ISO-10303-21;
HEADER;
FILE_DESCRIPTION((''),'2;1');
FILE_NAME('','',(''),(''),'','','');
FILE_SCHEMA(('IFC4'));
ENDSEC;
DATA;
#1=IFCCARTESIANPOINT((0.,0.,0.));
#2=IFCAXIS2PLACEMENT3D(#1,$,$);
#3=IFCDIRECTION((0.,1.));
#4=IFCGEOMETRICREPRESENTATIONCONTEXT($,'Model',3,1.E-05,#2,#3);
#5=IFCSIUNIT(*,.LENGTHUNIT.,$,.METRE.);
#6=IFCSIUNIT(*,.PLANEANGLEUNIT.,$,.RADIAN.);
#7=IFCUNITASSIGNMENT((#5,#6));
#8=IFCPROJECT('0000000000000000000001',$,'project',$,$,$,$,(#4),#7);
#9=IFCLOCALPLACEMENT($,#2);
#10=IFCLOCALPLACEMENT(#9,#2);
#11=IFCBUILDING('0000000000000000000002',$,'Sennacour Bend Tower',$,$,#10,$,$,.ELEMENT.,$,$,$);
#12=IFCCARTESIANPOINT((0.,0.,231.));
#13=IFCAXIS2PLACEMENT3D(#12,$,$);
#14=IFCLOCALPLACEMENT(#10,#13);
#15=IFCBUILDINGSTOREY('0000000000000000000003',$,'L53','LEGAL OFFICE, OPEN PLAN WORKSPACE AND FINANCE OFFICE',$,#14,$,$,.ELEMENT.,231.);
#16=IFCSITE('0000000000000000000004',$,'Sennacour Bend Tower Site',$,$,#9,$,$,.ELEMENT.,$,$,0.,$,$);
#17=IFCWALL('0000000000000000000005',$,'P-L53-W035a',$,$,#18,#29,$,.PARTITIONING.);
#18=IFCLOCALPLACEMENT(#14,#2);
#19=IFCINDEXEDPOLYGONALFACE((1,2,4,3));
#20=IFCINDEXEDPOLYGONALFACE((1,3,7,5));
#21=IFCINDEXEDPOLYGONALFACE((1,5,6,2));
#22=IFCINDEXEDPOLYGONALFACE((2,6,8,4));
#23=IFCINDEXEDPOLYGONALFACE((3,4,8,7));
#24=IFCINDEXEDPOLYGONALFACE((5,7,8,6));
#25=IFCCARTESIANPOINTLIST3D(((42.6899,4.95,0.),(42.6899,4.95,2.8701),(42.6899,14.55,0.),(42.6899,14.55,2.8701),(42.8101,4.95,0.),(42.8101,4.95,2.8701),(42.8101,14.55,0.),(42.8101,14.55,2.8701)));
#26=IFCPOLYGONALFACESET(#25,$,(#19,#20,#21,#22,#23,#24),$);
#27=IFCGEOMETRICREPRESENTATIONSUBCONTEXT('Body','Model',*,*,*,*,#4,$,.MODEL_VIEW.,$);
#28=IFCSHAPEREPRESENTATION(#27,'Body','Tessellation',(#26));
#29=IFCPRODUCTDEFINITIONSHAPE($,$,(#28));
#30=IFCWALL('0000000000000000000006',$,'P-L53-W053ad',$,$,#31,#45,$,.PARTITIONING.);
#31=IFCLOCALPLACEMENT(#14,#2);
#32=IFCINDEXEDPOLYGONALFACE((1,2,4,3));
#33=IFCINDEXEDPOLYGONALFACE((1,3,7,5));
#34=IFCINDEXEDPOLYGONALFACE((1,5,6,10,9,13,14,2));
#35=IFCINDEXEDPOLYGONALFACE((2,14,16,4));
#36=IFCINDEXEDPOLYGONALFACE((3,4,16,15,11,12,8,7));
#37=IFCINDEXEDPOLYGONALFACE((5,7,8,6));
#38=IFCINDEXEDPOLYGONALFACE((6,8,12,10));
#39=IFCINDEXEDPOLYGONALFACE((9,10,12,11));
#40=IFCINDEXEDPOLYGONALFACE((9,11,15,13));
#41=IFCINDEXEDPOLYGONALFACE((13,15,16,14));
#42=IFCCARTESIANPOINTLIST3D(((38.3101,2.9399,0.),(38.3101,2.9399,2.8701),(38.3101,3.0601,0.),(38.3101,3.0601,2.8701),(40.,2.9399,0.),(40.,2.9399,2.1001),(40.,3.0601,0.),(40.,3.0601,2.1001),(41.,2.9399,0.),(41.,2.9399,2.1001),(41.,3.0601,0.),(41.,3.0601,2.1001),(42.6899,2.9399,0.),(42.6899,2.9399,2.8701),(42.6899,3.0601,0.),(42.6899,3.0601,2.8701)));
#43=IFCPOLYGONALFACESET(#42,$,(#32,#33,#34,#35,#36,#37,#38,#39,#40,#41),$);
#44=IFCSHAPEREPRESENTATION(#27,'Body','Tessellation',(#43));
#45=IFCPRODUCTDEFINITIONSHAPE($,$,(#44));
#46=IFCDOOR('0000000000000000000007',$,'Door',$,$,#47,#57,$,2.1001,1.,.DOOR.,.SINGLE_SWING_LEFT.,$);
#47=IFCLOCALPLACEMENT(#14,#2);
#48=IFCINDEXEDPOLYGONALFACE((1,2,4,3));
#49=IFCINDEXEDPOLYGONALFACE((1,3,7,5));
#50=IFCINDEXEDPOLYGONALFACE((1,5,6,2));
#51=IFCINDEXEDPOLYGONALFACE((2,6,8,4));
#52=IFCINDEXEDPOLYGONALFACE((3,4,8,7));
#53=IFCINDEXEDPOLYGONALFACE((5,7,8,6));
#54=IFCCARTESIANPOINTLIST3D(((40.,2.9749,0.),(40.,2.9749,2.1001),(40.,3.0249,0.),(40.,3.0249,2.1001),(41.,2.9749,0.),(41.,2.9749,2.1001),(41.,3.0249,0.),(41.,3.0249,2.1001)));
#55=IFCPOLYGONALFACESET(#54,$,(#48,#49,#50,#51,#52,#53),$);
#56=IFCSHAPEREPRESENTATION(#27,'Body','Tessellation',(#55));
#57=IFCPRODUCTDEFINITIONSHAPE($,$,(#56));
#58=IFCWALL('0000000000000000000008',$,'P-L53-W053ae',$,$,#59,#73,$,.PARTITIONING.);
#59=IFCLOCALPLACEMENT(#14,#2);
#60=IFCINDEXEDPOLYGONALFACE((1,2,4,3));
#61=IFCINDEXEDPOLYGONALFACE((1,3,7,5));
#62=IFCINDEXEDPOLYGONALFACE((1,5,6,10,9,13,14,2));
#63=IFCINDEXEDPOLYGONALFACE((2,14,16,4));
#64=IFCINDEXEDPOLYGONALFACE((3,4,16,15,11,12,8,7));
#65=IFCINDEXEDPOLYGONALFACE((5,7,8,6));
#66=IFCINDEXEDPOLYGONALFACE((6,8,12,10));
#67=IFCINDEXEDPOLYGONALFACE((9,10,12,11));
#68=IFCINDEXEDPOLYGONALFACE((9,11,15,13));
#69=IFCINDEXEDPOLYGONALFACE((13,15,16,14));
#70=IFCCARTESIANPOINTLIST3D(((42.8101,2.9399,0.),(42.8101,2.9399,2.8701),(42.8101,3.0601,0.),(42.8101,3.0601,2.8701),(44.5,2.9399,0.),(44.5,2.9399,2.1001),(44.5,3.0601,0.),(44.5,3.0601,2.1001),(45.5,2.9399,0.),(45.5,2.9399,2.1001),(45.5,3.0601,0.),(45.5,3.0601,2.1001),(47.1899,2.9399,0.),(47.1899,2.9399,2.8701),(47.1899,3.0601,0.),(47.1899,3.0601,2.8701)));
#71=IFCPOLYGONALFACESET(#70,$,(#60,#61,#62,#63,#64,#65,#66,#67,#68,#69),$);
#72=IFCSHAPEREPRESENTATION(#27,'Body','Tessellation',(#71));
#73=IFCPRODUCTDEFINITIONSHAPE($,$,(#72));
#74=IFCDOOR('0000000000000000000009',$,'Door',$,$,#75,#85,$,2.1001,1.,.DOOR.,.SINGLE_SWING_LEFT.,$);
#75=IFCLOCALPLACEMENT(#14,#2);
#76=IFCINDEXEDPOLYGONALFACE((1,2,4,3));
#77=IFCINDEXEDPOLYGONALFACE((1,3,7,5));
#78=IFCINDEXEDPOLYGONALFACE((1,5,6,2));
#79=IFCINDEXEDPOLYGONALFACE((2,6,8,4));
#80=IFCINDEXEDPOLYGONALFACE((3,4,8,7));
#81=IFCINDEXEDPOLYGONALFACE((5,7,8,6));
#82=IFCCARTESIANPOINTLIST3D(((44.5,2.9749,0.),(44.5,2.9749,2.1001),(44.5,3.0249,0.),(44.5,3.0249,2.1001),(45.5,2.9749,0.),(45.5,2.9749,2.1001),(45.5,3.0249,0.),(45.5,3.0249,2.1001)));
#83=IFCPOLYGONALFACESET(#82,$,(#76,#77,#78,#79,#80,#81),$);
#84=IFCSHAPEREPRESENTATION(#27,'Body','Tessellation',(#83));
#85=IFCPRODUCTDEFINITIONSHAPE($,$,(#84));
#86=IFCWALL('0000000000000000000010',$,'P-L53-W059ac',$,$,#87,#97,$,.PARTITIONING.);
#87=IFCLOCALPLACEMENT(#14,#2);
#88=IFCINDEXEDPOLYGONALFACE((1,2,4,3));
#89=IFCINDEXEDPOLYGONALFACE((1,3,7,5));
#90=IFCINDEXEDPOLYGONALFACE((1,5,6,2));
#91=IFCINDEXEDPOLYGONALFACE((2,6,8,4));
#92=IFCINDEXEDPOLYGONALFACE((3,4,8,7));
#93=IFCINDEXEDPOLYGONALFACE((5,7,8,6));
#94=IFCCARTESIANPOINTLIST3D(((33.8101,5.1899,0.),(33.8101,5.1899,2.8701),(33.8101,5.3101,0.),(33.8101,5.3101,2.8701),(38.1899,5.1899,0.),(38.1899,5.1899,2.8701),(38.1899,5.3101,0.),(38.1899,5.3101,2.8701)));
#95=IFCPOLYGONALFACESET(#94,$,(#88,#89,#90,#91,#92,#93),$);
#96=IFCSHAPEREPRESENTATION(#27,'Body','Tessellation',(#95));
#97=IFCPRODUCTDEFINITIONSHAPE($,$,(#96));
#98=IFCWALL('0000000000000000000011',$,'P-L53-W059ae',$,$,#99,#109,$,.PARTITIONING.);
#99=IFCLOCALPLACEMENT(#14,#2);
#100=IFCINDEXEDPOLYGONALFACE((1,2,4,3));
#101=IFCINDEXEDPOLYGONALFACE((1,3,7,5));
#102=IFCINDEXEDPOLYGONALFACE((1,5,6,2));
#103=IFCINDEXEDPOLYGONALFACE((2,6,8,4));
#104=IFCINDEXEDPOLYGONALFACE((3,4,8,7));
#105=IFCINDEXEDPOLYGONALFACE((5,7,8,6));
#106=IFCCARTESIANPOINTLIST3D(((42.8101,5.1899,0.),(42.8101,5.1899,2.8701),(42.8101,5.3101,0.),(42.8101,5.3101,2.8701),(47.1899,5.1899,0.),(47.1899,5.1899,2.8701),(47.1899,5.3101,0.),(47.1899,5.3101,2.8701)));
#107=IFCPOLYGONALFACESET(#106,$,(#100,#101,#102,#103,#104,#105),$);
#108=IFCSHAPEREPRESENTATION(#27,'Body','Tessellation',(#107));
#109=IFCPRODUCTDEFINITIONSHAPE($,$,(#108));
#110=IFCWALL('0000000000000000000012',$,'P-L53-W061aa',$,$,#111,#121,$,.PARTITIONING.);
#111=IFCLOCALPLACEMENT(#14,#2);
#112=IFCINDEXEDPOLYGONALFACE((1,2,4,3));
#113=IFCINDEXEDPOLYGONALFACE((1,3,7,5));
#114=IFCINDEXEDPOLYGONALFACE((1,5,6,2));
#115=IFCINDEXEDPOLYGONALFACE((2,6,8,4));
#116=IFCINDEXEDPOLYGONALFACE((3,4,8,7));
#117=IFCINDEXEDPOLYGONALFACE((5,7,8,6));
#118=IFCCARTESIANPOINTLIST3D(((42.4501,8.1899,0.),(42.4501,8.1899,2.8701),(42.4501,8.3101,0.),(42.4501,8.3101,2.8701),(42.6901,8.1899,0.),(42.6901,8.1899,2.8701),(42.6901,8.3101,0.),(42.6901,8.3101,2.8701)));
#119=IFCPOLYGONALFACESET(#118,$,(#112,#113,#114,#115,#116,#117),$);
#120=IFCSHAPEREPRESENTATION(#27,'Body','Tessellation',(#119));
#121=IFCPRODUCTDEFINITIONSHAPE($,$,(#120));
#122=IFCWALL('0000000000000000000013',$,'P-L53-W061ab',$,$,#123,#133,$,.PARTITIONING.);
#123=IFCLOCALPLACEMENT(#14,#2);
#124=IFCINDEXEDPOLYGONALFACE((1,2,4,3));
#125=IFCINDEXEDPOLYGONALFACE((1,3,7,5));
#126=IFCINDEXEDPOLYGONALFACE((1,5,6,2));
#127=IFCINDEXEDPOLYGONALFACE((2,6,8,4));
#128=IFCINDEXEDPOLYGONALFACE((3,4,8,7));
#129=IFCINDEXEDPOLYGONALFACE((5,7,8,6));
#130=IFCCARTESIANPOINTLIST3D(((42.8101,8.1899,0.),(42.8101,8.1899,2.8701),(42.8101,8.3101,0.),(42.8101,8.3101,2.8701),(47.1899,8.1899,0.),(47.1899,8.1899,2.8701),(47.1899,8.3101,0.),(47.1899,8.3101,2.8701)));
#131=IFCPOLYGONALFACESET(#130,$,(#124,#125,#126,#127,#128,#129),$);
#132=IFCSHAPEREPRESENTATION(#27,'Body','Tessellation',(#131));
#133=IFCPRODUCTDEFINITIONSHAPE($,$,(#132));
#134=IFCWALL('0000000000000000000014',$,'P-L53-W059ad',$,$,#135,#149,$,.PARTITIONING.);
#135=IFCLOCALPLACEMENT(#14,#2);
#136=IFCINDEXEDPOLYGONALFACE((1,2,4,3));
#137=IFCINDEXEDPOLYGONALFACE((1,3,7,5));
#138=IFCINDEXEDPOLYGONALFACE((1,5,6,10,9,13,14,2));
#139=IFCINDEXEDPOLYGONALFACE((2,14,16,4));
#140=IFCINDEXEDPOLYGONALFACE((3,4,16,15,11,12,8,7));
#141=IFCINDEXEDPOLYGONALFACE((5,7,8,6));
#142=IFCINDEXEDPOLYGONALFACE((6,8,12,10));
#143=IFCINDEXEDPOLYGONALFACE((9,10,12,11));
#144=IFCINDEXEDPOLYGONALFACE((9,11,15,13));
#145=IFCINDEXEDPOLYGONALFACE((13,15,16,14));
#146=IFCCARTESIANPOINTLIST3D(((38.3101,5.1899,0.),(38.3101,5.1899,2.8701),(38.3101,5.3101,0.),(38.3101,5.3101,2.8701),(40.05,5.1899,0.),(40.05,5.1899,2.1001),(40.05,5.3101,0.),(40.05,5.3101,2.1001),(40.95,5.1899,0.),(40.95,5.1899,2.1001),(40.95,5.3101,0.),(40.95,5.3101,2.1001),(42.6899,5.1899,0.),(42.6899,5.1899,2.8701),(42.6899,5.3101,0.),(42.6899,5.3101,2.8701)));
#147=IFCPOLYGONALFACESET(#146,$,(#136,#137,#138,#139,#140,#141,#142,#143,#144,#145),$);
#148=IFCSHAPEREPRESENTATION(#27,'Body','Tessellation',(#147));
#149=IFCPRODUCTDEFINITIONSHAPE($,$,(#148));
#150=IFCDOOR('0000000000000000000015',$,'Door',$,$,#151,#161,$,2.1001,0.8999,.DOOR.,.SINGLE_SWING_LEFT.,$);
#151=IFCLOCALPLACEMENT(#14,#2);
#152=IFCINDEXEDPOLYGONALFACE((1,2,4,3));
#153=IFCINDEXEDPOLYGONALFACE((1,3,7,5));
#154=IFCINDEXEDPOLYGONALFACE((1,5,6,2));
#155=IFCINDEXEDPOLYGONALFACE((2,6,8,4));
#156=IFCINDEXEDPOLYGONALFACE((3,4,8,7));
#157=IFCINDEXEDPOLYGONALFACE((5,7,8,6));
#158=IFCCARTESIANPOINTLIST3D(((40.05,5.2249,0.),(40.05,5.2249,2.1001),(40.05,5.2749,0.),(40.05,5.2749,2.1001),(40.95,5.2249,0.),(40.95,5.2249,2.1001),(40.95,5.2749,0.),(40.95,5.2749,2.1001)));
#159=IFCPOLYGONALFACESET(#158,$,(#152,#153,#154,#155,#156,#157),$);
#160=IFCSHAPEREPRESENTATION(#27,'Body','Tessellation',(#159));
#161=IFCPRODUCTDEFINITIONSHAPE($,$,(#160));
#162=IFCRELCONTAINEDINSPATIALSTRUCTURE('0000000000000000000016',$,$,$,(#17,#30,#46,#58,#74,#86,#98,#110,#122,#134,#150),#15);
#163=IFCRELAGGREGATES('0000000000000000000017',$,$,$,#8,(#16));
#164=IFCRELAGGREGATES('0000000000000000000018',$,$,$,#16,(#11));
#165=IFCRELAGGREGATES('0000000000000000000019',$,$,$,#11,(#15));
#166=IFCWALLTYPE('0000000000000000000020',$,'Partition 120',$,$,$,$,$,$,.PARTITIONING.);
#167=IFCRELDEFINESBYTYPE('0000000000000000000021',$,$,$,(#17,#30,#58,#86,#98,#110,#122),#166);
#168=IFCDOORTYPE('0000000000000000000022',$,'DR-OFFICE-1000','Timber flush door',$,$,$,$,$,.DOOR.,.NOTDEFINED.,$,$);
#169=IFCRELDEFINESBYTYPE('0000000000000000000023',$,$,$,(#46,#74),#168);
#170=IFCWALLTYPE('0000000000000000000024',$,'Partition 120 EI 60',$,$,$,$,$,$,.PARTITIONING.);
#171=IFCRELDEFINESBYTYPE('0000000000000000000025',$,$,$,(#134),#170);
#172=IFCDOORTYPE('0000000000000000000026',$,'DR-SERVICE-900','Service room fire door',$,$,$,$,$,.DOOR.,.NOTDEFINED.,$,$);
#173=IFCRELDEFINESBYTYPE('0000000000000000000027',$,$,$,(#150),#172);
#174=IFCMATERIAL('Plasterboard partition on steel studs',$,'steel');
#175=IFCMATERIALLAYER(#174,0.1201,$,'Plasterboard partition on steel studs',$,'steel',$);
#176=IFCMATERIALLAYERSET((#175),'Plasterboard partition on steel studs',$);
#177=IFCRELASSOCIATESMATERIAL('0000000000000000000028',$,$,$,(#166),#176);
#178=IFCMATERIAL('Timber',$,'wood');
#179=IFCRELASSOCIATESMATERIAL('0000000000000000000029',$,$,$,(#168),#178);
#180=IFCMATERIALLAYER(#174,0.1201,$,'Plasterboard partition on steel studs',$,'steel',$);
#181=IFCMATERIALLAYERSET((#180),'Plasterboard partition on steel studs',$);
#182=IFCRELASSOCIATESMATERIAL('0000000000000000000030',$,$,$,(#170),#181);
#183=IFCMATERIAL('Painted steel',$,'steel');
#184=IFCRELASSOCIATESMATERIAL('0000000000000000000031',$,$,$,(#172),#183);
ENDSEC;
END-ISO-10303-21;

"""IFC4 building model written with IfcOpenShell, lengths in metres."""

from ifc_helpers import new_model, si_unit, direction, frame, frame_2d, origin, place, context, subcontext, project, spatial, rectangle, extrude, material, layer, layer_set, type_object, element, fill, save


model = new_model("IFC4")

# Units and contexts
model_context = context("Model", 3, precision=1e-05, world=origin(), true_north=direction((0.0, 1.0)))
body_context = subcontext(model_context, "Body", "Model", "MODEL_VIEW")
ifc_project = project(units=[si_unit("LENGTHUNIT", "METRE"), si_unit("PLANEANGLEUNIT", "RADIAN")], contexts=[model_context])

# Site, building, storey
site_placement = place(None, origin())
site = spatial("IfcSite", under=ifc_project, at=site_placement, Name="Sennacour Bend Tower Site", CompositionType="ELEMENT", RefElevation=0.0)
building_placement = place(site_placement, origin())
building = spatial("IfcBuilding", under=site, at=building_placement, Name="Sennacour Bend Tower", CompositionType="ELEMENT")
storey_placement = place(building_placement, frame((0.0, 0.0, 231.0)))
storey = spatial("IfcBuildingStorey", under=building, at=storey_placement, Name="L53", Description="LEGAL OFFICE, OPEN PLAN WORKSPACE AND FINANCE OFFICE", CompositionType="ELEMENT", Elevation=231.0)

# Wall
ifc_material_1 = material(Name="Plasterboard partition on steel studs", Category="steel")
ifc_layer_1 = layer(ifc_material_1, 0.1201, Name="Plasterboard partition on steel studs", Category="steel")
ifc_layer_set_1 = layer_set([ifc_layer_1], Name="Plasterboard partition on steel studs")
wall_type_1 = type_object("IfcWallType", Name="Partition 120", PredefinedType="PARTITIONING", material=ifc_layer_set_1)
wall_1_placement = place(storey_placement, frame((42.75, 4.95, 0.0), z_axis=(0.0, 0.0, 1.0), x_axis=(0.0, 1.0, 0.0)))
element("IfcWall", 1, at=wall_1_placement, inside=storey, type_object=wall_type_1, Name="P-L53-W035a", PredefinedType="PARTITIONING", context=body_context, shape_type="SweptSolid", body=[
    extrude(rectangle(XDim=9.6001, YDim=0.1201, at=frame_2d((4.8, 0.0))), origin(), (0.0, 0.0, 1.0), 2.8701),
])

# Walls, openings, doors
wall_2_placement = place(storey_placement, frame((38.3101, 3.0, 0.0), z_axis=(0.0, 0.0, 1.0), x_axis=(1.0, 0.0, 0.0)))
wall_2 = element("IfcWall", 2, at=wall_2_placement, inside=storey, type_object=wall_type_1, Name="P-L53-W053ad", PredefinedType="PARTITIONING", context=body_context, shape_type="SweptSolid", body=[
    extrude(rectangle(XDim=4.3799, YDim=0.1201, at=frame_2d((2.1899, 0.0))), origin(), (0.0, 0.0, 1.0), 2.8701),
])
opening_1_placement = place(wall_2_placement, frame((1.6899, 0.0, 0.0)))
opening_1 = element("IfcOpeningElement", 3, at=opening_1_placement, cuts=wall_2, PredefinedType="OPENING", context=body_context, shape_type="SweptSolid", body=[
    extrude(rectangle(XDim=1.0, YDim=2.1001, at=frame_2d((0.5, 1.05))), frame((0.0, 0.0701, 0.0), z_axis=(0.0, -1.0, 0.0), x_axis=(1.0, 0.0, 0.0)), (0.0, 0.0, 1.0), 0.1401),
])
ifc_material_2 = material(Name="Timber", Category="wood")
door_type_1 = type_object("IfcDoorType", Name="DR-OFFICE-1000", Description="Timber flush door", OperationType="NOTDEFINED", PredefinedType="DOOR", material=ifc_material_2)
door_1_placement = place(opening_1_placement, origin())
door_1 = element("IfcDoor", 4, at=door_1_placement, inside=storey, type_object=door_type_1, Name="Door", OperationType="SINGLE_SWING_LEFT", OverallHeight=2.1001, OverallWidth=1.0, PredefinedType="DOOR", context=body_context, shape_type="SweptSolid", body=[
    extrude(rectangle(XDim=1.0, YDim=2.1001, at=frame_2d((0.5, 1.05))), frame((0.0, 0.0249, 0.0), z_axis=(0.0, -1.0, 0.0), x_axis=(1.0, 0.0, 0.0)), (0.0, 0.0, 1.0), 0.05),
])
fill(opening_1, door_1)
wall_3_placement = place(storey_placement, frame((42.8101, 3.0, 0.0), z_axis=(0.0, 0.0, 1.0), x_axis=(1.0, 0.0, 0.0)))
wall_3 = element("IfcWall", 5, at=wall_3_placement, inside=storey, type_object=wall_type_1, Name="P-L53-W053ae", PredefinedType="PARTITIONING", context=body_context, shape_type="SweptSolid", body=[
    extrude(rectangle(XDim=4.3799, YDim=0.1201, at=frame_2d((2.1899, 0.0))), origin(), (0.0, 0.0, 1.0), 2.8701),
])
opening_2_placement = place(wall_3_placement, frame((1.6899, 0.0, 0.0)))
opening_2 = element("IfcOpeningElement", 6, at=opening_2_placement, cuts=wall_3, PredefinedType="OPENING", context=body_context, shape_type="SweptSolid", body=[
    extrude(rectangle(XDim=1.0, YDim=2.1001, at=frame_2d((0.5, 1.05))), frame((0.0, 0.0701, 0.0), z_axis=(0.0, -1.0, 0.0), x_axis=(1.0, 0.0, 0.0)), (0.0, 0.0, 1.0), 0.1401),
])
door_2_placement = place(opening_2_placement, origin())
door_2 = element("IfcDoor", 7, at=door_2_placement, inside=storey, type_object=door_type_1, Name="Door", OperationType="SINGLE_SWING_LEFT", OverallHeight=2.1001, OverallWidth=1.0, PredefinedType="DOOR", context=body_context, shape_type="SweptSolid", body=[
    extrude(rectangle(XDim=1.0, YDim=2.1001, at=frame_2d((0.5, 1.05))), frame((0.0, 0.0249, 0.0), z_axis=(0.0, -1.0, 0.0), x_axis=(1.0, 0.0, 0.0)), (0.0, 0.0, 1.0), 0.05),
])
fill(opening_2, door_2)

# Walls
for number, where, z_axis, x_axis, name in (
    (8, (33.8101, 5.25, 0.0), (0.0, 0.0, 1.0), (1.0, 0.0, 0.0), "P-L53-W059ac"),
    (9, (42.8101, 5.25, 0.0), (0.0, 0.0, 1.0), (1.0, 0.0, 0.0), "P-L53-W059ae"),
):
    element("IfcWall", number, at=place(storey_placement, frame(where, z_axis=z_axis, x_axis=x_axis)), inside=storey, type_object=wall_type_1, Name=name, PredefinedType="PARTITIONING", context=body_context, shape_type="SweptSolid", body=[
        extrude(rectangle(XDim=4.3799, YDim=0.1201, at=frame_2d((2.1899, 0.0))), origin(), (0.0, 0.0, 1.0), 2.8701),
    ])
wall_4_placement = place(storey_placement, frame((42.45, 8.25, 0.0), z_axis=(0.0, 0.0, 1.0), x_axis=(1.0, 0.0, 0.0)))
element("IfcWall", 10, at=wall_4_placement, inside=storey, type_object=wall_type_1, Name="P-L53-W061aa", PredefinedType="PARTITIONING", context=body_context, shape_type="SweptSolid", body=[
    extrude(rectangle(XDim=0.24, YDim=0.1201, at=frame_2d((0.1201, 0.0))), origin(), (0.0, 0.0, 1.0), 2.8701),
])
wall_5_placement = place(storey_placement, frame((42.8101, 8.25, 0.0), z_axis=(0.0, 0.0, 1.0), x_axis=(1.0, 0.0, 0.0)))
element("IfcWall", 11, at=wall_5_placement, inside=storey, type_object=wall_type_1, Name="P-L53-W061ab", PredefinedType="PARTITIONING", context=body_context, shape_type="SweptSolid", body=[
    extrude(rectangle(XDim=4.3799, YDim=0.1201, at=frame_2d((2.1899, 0.0))), origin(), (0.0, 0.0, 1.0), 2.8701),
])

# Wall, opening, door
ifc_layer_2 = layer(ifc_material_1, 0.1201, Name="Plasterboard partition on steel studs", Category="steel")
ifc_layer_set_2 = layer_set([ifc_layer_2], Name="Plasterboard partition on steel studs")
wall_type_2 = type_object("IfcWallType", Name="Partition 120 EI 60", PredefinedType="PARTITIONING", material=ifc_layer_set_2)
wall_6_placement = place(storey_placement, frame((38.3101, 5.25, 0.0), z_axis=(0.0, 0.0, 1.0), x_axis=(1.0, 0.0, 0.0)))
wall_6 = element("IfcWall", 12, at=wall_6_placement, inside=storey, type_object=wall_type_2, Name="P-L53-W059ad", PredefinedType="PARTITIONING", context=body_context, shape_type="SweptSolid", body=[
    extrude(rectangle(XDim=4.3799, YDim=0.1201, at=frame_2d((2.1899, 0.0))), origin(), (0.0, 0.0, 1.0), 2.8701),
])
opening_3_placement = place(wall_6_placement, frame((1.74, 0.0, 0.0)))
opening_3 = element("IfcOpeningElement", 13, at=opening_3_placement, cuts=wall_6, PredefinedType="OPENING", context=body_context, shape_type="SweptSolid", body=[
    extrude(rectangle(XDim=0.8999, YDim=2.1001, at=frame_2d((0.45, 1.05))), frame((0.0, 0.0701, 0.0), z_axis=(0.0, -1.0, 0.0), x_axis=(1.0, 0.0, 0.0)), (0.0, 0.0, 1.0), 0.1401),
])
ifc_material_3 = material(Name="Painted steel", Category="steel")
door_type_2 = type_object("IfcDoorType", Name="DR-SERVICE-900", Description="Service room fire door", OperationType="NOTDEFINED", PredefinedType="DOOR", material=ifc_material_3)
door_3_placement = place(opening_3_placement, origin())
door_3 = element("IfcDoor", 14, at=door_3_placement, inside=storey, type_object=door_type_2, Name="Door", OperationType="SINGLE_SWING_LEFT", OverallHeight=2.1001, OverallWidth=0.8999, PredefinedType="DOOR", context=body_context, shape_type="SweptSolid", body=[
    extrude(rectangle(XDim=0.8999, YDim=2.1001, at=frame_2d((0.45, 1.05))), frame((0.0, 0.0249, 0.0), z_axis=(0.0, -1.0, 0.0), x_axis=(1.0, 0.0, 0.0)), (0.0, 0.0, 1.0), 0.05),
])
fill(opening_3, door_3)

save(model, "model.ifc")
